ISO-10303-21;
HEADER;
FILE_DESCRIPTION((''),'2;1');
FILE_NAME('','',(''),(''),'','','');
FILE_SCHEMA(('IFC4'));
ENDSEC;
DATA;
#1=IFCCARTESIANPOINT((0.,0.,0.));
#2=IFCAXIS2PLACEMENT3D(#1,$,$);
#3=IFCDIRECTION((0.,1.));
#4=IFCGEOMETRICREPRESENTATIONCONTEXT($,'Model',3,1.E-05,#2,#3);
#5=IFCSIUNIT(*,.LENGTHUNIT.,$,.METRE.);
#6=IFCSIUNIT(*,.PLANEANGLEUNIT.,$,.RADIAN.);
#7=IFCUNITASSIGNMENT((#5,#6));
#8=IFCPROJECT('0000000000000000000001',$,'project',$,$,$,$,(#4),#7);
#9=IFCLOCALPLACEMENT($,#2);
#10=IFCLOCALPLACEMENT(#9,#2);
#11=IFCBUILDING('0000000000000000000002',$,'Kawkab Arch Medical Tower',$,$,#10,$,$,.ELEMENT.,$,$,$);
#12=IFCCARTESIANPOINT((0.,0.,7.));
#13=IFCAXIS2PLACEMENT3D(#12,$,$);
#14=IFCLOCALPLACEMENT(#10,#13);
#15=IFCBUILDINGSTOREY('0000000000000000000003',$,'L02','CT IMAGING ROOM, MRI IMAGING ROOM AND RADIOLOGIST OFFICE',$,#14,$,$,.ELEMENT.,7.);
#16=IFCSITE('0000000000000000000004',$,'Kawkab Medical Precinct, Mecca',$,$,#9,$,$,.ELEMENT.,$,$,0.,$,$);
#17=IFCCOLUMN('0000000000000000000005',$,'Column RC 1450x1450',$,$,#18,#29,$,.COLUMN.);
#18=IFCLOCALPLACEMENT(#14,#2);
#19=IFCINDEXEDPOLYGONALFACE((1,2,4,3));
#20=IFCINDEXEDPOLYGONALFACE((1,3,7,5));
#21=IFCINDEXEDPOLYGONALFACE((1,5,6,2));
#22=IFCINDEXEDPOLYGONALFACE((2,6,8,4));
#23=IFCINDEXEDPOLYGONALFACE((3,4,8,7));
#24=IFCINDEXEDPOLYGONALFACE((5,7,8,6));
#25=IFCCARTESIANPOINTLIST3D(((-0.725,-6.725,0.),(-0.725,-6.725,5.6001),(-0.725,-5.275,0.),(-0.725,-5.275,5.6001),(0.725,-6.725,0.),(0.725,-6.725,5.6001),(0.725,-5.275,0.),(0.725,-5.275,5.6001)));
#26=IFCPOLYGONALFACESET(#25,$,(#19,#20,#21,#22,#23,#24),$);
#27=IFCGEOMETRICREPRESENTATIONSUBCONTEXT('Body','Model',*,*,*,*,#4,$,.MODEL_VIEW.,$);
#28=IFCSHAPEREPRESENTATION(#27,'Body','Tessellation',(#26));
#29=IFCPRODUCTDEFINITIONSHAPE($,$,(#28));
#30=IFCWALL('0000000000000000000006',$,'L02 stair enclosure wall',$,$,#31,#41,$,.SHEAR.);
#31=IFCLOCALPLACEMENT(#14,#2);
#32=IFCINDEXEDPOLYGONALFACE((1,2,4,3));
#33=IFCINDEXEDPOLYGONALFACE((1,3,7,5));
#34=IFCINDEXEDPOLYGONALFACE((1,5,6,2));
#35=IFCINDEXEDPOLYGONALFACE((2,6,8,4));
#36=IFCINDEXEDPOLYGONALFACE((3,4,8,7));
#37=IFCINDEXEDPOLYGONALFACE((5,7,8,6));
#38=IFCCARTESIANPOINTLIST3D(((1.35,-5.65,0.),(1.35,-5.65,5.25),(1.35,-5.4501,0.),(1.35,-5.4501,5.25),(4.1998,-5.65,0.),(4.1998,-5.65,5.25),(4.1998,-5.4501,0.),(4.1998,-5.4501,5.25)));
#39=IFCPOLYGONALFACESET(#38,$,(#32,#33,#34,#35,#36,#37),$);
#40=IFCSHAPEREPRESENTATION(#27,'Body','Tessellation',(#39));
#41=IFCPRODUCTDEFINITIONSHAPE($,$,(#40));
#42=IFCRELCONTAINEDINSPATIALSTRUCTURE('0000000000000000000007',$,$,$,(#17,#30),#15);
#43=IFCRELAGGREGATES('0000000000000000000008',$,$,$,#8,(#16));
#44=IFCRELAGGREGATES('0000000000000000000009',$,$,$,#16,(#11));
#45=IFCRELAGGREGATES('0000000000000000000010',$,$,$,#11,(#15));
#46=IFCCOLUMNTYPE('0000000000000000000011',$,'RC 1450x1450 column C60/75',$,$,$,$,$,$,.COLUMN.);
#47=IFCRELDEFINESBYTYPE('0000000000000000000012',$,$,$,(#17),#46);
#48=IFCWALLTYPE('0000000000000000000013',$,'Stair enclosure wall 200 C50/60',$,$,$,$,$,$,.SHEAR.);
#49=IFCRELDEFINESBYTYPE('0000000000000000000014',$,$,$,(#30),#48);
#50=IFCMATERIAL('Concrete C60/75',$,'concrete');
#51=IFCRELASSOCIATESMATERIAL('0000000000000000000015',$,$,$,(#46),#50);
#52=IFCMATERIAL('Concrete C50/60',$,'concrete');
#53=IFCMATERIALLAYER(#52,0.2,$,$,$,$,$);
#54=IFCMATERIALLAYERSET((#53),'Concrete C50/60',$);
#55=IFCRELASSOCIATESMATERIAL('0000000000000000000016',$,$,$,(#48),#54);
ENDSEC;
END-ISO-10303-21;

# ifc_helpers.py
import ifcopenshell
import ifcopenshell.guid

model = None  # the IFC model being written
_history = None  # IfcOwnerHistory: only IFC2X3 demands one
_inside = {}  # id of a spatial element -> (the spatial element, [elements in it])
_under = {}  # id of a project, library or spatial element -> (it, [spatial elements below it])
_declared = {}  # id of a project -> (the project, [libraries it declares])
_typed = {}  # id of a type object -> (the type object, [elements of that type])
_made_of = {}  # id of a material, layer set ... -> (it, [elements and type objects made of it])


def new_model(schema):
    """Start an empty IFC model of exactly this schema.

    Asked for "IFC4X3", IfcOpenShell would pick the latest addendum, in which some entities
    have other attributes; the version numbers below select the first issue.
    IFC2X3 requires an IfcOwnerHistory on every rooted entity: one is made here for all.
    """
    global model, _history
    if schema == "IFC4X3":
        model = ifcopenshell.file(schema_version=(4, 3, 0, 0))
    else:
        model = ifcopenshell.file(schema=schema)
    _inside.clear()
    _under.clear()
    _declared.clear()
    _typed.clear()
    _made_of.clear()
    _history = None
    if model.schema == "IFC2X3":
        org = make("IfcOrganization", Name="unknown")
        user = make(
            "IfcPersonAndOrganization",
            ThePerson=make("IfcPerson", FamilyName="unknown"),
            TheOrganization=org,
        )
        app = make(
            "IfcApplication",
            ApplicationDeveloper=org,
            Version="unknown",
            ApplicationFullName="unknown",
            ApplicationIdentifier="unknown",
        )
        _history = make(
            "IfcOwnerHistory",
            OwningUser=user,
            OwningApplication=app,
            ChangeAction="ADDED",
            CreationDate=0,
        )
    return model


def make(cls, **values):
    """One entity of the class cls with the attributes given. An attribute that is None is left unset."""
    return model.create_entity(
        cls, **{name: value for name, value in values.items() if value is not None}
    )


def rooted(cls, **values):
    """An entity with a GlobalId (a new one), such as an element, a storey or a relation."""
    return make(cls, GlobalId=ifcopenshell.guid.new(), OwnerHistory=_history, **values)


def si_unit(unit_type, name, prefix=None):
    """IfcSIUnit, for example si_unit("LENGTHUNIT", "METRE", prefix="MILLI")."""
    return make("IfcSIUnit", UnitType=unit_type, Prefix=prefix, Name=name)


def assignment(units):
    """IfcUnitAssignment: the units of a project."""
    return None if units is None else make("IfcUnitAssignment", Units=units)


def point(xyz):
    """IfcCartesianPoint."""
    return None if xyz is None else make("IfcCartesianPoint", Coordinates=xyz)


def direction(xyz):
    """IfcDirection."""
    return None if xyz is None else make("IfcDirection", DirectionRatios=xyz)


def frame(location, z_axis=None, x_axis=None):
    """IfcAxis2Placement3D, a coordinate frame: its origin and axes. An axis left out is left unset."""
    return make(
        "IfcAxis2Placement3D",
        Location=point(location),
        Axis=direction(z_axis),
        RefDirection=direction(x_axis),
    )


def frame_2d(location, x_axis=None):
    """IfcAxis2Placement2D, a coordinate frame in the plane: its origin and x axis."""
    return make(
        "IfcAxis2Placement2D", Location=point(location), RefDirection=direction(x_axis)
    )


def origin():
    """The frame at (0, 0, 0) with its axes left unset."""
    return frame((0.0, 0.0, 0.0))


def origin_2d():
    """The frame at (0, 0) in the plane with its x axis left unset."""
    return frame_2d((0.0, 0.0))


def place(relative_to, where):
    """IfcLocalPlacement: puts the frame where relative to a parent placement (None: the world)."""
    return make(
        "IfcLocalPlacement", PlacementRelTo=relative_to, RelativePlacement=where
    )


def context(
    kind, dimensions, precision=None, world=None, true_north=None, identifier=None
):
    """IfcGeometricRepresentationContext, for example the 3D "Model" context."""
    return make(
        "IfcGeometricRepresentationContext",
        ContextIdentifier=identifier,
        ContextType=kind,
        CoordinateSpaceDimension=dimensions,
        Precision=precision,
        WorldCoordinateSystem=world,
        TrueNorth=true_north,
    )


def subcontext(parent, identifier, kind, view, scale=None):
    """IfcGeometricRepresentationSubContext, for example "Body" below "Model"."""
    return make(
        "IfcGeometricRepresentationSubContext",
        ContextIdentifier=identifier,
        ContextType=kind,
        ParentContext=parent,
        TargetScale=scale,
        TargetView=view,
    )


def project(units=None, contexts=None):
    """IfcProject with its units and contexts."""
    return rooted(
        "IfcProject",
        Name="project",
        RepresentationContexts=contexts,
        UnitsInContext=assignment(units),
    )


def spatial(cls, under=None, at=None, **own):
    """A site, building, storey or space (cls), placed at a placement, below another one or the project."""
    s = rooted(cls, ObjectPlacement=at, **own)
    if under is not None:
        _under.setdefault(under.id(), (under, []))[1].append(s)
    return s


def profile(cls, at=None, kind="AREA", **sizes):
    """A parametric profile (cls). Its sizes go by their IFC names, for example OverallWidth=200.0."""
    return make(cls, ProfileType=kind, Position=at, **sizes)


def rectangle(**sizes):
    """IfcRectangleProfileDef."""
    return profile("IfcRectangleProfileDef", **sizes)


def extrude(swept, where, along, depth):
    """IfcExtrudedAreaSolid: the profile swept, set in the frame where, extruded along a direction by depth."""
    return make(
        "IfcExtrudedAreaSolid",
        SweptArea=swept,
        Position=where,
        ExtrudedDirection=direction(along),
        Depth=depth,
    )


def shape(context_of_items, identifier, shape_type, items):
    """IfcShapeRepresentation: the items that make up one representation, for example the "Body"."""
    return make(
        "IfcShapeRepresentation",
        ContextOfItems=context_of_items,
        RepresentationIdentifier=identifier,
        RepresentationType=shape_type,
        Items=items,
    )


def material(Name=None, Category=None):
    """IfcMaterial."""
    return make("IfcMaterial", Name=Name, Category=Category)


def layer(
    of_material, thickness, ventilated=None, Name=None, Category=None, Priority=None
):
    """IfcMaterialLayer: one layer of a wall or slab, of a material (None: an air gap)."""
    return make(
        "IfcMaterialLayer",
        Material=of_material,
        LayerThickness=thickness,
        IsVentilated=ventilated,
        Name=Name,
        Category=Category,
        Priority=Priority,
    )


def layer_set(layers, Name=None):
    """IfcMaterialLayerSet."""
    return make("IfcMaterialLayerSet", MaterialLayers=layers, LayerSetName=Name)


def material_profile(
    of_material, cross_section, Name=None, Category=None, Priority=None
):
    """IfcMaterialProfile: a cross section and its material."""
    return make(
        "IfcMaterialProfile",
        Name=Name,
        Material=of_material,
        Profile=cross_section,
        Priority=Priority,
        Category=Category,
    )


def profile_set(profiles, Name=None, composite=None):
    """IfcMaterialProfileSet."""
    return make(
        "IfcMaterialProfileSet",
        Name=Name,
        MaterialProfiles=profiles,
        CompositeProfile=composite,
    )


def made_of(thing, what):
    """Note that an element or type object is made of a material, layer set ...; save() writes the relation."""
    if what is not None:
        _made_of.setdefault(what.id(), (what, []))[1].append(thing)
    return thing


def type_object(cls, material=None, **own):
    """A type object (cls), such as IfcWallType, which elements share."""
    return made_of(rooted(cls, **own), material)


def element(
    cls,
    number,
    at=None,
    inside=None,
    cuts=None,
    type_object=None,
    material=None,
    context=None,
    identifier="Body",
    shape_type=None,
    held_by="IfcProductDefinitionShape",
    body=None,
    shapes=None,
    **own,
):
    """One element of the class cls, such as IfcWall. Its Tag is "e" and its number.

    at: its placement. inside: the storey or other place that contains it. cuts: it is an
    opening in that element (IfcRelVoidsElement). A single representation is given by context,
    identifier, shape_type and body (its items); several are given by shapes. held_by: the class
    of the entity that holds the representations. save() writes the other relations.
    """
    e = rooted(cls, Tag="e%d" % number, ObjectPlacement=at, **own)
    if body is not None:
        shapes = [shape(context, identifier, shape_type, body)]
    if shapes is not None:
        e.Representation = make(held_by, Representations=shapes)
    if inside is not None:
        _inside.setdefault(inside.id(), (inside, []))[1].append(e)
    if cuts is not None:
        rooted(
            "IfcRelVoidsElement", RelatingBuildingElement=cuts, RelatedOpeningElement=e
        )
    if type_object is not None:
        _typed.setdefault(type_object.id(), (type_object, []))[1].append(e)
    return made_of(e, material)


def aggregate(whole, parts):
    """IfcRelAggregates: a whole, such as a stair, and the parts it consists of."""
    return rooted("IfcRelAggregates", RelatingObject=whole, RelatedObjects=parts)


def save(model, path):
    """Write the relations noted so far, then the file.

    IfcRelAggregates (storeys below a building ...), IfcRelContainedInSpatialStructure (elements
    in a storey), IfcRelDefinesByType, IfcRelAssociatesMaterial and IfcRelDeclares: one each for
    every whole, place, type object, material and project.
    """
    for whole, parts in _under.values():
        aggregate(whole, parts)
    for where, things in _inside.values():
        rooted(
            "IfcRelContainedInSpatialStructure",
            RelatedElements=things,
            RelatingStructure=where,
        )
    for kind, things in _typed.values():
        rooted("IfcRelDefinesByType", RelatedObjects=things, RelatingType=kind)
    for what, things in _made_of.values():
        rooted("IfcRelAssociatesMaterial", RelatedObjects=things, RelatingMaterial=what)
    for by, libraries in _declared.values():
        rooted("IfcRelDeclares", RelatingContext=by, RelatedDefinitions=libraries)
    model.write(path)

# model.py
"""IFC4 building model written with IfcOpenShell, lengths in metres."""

from ifc_helpers import new_model, si_unit, direction, frame, frame_2d, origin, origin_2d, place, context, subcontext, project, spatial, rectangle, extrude, material, layer, layer_set, material_profile, profile_set, type_object, element, save


model = new_model("IFC4")

# Units and contexts
model_context = context("Model", 3, precision=1e-05, world=origin(), true_north=direction((0.0, 1.0)))
body_context = subcontext(model_context, "Body", "Model", "MODEL_VIEW")
ifc_project = project(units=[si_unit("LENGTHUNIT", "METRE"), si_unit("PLANEANGLEUNIT", "RADIAN")], contexts=[model_context])

# Site, building, storey
site_placement = place(None, origin())
site = spatial("IfcSite", under=ifc_project, at=site_placement, Name="Kawkab Medical Precinct, Mecca", CompositionType="ELEMENT", RefElevation=0.0)
building_placement = place(site_placement, origin())
building = spatial("IfcBuilding", under=site, at=building_placement, Name="Kawkab Arch Medical Tower", CompositionType="ELEMENT")
storey_placement = place(building_placement, frame((0.0, 0.0, 7.0)))
storey = spatial("IfcBuildingStorey", under=building, at=storey_placement, Name="L02", Description="CT IMAGING ROOM, MRI IMAGING ROOM AND RADIOLOGIST OFFICE", CompositionType="ELEMENT", Elevation=7.0)

# Column
ifc_material_1 = material(Name="Concrete C60/75", Category="concrete")
ifc_material_profile = material_profile(ifc_material_1, rectangle(XDim=1.45, YDim=1.45, at=origin_2d()), Name="RC 1450x1450")
ifc_profile_set = profile_set([ifc_material_profile], Name="Concrete C60/75")
column_type = type_object("IfcColumnType", Name="RC 1450x1450 column C60/75", PredefinedType="COLUMN", material=ifc_profile_set)
column_placement = place(storey_placement, frame((0.0, -6.0, 0.0), z_axis=(0.0, 0.0, 1.0), x_axis=(1.0, 0.0, 0.0)))
element("IfcColumn", 1, at=column_placement, inside=storey, type_object=column_type, Name="Column RC 1450x1450", PredefinedType="COLUMN", context=body_context, shape_type="SweptSolid", body=[
    extrude(rectangle(XDim=1.45, YDim=1.45, at=origin_2d()), origin(), (0.0, 0.0, 1.0), 5.6001),
])

# Wall
ifc_material_2 = material(Name="Concrete C50/60", Category="concrete")
ifc_layer = layer(ifc_material_2, 0.2)
ifc_layer_set = layer_set([ifc_layer], Name="Concrete C50/60")
wall_type = type_object("IfcWallType", Name="Stair enclosure wall 200 C50/60", PredefinedType="SHEAR", material=ifc_layer_set)
wall_placement = place(storey_placement, frame((1.3501, -5.55, 0.0), z_axis=(0.0, 0.0, 1.0), x_axis=(1.0, 0.0, 0.0)))
element("IfcWall", 2, at=wall_placement, inside=storey, type_object=wall_type, Name="L02 stair enclosure wall", PredefinedType="SHEAR", context=body_context, shape_type="SweptSolid", body=[
    extrude(rectangle(XDim=2.8499, YDim=0.2, at=frame_2d((1.4248, 0.0))), origin(), (0.0, 0.0, 1.0), 5.25),
])

save(model, "model.ifc")
